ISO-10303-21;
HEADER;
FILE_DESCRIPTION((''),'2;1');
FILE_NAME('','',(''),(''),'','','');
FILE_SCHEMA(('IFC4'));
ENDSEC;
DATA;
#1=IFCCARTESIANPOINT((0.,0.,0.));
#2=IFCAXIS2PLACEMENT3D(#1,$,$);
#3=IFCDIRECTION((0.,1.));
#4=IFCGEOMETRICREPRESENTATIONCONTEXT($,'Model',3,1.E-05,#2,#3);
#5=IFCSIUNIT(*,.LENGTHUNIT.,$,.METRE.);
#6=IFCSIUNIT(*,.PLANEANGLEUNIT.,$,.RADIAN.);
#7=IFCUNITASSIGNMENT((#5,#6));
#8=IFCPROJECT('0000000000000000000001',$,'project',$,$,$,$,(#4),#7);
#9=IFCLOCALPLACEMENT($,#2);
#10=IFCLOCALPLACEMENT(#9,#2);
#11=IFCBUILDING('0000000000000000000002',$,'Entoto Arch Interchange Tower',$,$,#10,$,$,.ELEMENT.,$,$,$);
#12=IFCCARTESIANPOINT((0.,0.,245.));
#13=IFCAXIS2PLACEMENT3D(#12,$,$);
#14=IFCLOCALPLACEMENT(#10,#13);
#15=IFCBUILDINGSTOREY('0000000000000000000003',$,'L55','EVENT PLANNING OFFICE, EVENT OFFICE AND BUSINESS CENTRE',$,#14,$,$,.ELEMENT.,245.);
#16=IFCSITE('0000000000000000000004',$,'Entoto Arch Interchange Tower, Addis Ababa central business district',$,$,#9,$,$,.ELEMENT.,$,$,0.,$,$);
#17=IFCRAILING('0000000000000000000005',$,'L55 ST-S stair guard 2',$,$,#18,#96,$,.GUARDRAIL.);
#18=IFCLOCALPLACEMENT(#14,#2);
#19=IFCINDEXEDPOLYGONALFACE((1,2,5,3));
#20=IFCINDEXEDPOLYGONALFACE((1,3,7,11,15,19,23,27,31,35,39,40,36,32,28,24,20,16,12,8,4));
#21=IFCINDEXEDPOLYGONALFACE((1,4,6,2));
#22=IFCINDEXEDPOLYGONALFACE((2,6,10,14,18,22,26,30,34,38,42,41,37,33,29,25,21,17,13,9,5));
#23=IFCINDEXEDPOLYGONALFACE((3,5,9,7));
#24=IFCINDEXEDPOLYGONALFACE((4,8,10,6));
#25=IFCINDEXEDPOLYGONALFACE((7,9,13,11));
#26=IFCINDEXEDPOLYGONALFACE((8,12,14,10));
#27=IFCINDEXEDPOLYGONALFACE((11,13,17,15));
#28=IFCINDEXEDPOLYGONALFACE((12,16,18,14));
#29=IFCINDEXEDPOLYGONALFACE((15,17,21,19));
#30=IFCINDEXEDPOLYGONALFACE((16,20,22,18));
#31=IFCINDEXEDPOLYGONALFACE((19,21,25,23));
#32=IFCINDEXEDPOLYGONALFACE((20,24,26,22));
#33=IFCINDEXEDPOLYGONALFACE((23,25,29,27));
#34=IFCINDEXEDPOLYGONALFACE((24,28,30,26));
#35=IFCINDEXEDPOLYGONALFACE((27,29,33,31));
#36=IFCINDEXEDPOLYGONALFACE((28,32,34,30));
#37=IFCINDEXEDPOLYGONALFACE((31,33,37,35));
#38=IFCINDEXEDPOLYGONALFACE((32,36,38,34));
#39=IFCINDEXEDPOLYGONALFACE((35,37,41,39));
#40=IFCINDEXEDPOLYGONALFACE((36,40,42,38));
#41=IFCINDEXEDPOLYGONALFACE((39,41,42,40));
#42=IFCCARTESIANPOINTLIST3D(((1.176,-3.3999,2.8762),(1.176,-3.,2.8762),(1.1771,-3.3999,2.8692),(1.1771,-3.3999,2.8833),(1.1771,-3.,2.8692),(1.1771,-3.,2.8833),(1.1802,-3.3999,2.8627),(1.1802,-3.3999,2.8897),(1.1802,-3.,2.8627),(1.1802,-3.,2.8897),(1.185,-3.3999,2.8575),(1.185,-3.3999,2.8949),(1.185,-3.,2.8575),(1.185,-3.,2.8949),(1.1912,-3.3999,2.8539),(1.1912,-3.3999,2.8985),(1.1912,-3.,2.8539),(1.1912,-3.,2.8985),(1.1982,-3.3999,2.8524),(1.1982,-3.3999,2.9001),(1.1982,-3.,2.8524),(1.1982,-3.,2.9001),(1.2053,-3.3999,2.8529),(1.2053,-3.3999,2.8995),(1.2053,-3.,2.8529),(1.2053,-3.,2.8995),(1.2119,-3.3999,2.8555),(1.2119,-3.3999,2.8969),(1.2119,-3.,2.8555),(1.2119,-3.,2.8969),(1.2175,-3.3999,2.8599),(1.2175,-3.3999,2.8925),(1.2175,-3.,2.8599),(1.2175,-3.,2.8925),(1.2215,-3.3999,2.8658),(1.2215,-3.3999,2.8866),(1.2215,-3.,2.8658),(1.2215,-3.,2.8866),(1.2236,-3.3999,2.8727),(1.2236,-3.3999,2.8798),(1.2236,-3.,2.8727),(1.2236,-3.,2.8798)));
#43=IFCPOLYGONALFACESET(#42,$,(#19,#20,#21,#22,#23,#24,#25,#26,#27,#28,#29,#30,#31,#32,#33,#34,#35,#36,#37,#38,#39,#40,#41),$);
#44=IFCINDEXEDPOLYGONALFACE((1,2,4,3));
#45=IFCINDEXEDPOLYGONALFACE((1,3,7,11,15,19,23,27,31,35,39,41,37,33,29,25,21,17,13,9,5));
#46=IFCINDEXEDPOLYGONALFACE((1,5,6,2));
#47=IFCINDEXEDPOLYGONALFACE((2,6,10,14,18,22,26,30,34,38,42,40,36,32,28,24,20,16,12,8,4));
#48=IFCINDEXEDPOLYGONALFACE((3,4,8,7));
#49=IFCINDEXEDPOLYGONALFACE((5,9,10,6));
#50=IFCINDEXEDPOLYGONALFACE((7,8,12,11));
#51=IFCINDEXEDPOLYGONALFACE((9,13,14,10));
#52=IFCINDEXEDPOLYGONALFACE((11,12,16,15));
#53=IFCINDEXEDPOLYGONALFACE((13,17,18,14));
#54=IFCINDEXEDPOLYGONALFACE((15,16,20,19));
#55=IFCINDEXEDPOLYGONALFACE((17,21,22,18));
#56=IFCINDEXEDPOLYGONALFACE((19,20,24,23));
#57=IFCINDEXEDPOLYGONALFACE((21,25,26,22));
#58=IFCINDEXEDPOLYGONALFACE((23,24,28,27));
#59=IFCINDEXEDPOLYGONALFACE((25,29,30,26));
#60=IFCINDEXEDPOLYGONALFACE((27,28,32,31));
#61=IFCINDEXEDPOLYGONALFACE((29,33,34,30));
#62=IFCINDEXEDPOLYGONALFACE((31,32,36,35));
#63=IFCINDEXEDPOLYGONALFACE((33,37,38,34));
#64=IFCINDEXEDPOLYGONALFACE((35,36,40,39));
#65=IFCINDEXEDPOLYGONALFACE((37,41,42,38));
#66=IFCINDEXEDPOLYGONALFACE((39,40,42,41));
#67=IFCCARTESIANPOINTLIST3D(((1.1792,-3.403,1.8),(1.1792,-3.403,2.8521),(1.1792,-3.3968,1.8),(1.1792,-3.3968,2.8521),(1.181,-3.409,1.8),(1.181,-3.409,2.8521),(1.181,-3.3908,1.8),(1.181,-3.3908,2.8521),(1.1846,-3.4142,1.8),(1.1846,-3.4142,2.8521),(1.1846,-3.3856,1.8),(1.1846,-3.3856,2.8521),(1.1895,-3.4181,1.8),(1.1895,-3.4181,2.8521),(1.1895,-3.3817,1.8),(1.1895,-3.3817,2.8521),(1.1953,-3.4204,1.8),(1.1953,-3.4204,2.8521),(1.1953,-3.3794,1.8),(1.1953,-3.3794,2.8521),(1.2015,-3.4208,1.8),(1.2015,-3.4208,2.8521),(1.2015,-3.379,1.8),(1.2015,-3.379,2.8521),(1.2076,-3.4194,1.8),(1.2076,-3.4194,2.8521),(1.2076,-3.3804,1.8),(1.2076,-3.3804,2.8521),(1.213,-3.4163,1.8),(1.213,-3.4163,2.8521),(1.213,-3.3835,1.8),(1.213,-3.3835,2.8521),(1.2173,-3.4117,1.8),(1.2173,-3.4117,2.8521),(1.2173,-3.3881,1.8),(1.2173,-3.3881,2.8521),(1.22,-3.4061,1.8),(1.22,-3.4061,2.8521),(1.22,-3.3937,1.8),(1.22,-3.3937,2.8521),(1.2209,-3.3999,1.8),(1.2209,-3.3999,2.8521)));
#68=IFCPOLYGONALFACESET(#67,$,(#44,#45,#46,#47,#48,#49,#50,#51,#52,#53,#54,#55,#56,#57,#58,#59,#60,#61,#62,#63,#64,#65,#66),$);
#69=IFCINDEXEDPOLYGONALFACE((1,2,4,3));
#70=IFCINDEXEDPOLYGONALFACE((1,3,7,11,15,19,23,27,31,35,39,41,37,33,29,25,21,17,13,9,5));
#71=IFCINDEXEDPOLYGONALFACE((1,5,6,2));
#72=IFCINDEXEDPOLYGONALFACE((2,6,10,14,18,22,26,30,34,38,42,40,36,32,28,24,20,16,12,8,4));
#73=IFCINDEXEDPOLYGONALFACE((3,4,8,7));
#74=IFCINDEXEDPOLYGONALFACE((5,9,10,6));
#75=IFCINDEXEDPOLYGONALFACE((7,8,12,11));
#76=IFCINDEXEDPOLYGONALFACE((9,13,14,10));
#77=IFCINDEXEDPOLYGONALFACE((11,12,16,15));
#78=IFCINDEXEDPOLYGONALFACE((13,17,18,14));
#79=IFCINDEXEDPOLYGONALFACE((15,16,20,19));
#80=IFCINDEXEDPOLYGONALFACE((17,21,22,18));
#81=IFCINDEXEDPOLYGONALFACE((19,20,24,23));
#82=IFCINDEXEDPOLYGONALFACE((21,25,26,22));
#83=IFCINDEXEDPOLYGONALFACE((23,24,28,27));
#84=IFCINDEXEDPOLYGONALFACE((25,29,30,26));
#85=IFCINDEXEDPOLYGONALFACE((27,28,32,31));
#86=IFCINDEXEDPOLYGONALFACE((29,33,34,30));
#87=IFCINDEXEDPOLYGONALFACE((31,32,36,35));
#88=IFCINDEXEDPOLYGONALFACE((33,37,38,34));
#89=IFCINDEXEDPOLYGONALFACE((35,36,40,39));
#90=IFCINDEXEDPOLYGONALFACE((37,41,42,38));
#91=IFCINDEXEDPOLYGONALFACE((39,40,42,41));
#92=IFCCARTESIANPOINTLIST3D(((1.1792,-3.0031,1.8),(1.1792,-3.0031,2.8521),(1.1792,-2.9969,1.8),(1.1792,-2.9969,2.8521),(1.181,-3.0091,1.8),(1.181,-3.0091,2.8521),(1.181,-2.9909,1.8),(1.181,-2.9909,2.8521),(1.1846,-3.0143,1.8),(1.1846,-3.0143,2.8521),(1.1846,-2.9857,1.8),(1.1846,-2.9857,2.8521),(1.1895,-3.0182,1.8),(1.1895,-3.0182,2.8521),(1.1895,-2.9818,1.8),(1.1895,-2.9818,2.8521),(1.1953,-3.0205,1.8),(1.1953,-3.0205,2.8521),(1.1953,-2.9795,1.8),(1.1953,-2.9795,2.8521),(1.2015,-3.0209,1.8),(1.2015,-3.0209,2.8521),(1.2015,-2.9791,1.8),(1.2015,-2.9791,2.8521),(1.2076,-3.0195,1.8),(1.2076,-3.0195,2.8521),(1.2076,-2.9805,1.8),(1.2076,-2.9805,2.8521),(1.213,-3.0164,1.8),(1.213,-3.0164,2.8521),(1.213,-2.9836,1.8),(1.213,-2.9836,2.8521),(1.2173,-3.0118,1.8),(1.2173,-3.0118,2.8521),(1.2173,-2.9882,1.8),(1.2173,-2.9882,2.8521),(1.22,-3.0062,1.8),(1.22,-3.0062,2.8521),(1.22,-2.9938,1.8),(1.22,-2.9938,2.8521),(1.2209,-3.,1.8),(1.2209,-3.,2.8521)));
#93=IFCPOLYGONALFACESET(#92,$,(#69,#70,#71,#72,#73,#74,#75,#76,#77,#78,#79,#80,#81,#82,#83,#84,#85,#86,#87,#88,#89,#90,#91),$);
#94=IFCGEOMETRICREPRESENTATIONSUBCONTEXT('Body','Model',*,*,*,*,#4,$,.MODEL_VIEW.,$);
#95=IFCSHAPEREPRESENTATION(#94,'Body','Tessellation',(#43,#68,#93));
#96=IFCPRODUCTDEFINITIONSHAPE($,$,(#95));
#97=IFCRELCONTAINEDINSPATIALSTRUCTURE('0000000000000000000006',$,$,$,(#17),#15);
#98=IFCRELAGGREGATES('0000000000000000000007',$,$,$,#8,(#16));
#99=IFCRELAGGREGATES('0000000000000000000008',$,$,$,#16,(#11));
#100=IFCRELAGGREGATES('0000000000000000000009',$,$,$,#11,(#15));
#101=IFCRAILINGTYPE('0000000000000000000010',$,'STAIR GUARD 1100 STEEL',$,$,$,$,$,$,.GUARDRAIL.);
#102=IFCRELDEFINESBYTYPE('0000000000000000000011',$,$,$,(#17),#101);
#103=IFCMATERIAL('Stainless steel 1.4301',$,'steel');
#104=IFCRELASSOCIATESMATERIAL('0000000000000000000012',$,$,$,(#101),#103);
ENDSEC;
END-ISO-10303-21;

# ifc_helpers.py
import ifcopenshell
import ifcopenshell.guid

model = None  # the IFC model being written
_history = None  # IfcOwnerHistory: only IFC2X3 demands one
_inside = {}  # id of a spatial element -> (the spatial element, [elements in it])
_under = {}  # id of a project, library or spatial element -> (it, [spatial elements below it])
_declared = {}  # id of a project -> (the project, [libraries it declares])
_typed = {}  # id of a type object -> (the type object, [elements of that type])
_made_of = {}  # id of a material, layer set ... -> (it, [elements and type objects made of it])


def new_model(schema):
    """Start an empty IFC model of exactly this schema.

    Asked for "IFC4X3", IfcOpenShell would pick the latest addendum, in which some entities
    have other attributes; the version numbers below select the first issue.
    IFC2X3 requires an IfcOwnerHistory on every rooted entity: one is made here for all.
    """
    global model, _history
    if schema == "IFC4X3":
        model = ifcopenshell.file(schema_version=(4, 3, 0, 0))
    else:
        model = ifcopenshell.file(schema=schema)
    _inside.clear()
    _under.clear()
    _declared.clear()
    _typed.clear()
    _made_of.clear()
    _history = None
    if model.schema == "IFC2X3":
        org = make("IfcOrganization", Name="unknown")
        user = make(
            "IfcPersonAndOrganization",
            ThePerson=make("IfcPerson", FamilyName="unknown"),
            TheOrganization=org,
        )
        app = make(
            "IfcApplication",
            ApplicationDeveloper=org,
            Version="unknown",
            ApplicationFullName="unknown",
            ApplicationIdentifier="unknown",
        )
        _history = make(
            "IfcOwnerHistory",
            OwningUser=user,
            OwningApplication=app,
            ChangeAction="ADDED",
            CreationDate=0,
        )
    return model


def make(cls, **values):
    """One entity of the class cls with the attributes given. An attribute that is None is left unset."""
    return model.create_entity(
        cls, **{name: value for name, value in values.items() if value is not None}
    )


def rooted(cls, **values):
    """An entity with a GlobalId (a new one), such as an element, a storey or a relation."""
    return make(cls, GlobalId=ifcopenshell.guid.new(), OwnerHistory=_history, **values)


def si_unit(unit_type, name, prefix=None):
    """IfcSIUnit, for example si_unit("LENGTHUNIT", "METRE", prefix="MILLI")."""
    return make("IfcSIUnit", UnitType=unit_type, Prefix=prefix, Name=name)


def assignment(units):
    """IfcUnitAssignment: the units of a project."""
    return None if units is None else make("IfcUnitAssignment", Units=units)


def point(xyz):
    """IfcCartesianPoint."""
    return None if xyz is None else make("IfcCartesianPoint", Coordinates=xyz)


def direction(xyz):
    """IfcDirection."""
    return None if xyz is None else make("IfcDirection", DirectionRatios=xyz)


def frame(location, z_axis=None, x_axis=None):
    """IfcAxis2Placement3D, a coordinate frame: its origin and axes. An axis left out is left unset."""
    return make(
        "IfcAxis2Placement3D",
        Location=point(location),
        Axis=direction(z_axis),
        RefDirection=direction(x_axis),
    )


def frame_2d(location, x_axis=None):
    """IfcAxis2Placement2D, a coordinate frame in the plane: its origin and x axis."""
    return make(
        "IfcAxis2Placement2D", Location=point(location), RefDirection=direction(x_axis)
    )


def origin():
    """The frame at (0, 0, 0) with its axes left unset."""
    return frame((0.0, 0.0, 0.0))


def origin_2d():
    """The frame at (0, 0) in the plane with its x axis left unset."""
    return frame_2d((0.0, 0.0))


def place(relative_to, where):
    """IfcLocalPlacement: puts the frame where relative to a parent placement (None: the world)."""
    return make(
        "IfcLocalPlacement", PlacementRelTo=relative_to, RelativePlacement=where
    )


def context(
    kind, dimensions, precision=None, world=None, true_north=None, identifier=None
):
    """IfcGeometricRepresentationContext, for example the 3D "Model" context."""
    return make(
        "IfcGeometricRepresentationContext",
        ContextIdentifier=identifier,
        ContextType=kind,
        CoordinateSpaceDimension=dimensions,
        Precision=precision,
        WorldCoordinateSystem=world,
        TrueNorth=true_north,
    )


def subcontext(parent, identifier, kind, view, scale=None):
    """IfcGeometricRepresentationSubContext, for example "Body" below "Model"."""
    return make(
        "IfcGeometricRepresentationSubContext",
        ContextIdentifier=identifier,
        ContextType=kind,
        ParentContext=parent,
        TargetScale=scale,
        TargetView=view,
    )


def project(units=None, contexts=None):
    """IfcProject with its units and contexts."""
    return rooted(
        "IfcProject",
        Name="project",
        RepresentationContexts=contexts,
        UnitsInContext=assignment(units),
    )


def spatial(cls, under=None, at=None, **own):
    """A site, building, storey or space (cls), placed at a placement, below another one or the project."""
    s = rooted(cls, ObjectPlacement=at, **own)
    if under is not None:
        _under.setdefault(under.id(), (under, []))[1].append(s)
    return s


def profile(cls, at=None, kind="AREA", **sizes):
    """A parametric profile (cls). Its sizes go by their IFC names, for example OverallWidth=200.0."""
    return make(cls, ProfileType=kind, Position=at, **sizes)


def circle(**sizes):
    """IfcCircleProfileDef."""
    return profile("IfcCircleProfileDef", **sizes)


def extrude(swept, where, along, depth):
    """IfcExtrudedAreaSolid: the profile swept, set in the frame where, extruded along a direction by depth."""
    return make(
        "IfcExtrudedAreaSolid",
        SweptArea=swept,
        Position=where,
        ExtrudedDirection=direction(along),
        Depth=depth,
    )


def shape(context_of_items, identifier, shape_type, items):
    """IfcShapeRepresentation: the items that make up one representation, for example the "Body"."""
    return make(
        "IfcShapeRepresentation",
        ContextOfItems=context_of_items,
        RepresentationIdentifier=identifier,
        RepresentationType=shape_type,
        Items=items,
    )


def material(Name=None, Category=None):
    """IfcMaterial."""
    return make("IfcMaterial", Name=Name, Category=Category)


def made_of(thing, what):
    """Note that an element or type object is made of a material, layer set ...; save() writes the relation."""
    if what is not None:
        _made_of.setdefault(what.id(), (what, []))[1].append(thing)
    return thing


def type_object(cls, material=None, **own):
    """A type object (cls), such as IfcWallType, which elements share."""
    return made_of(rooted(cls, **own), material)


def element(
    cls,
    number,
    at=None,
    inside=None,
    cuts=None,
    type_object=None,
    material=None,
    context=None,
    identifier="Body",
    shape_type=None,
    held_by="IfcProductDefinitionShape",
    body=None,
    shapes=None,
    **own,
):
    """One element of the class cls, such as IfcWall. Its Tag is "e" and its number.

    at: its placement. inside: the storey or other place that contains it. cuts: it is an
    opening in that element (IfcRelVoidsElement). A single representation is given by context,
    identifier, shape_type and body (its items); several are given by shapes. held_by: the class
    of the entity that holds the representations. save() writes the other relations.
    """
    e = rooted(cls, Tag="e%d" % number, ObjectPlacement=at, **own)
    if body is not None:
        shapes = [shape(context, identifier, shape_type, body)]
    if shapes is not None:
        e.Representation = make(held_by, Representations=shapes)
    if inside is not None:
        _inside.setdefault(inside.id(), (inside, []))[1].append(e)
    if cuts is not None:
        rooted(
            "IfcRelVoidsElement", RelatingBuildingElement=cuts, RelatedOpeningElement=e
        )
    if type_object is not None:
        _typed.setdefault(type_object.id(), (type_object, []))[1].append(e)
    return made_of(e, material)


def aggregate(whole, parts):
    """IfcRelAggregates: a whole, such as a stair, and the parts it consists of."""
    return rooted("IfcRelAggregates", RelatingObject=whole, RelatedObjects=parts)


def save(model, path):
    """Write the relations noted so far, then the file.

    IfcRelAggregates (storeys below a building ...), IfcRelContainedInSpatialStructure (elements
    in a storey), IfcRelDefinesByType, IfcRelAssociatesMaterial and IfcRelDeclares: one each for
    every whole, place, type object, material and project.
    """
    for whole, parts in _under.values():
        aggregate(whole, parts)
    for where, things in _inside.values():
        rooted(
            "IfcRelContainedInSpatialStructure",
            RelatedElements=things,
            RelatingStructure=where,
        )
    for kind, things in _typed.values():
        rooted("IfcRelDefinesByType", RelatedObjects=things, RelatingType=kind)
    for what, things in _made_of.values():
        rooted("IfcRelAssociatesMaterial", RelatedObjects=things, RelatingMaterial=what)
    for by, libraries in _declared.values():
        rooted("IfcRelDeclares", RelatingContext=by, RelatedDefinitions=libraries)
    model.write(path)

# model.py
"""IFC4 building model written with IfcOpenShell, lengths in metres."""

from ifc_helpers import new_model, si_unit, direction, frame, origin, origin_2d, place, context, subcontext, project, spatial, circle, extrude, material, type_object, element, save


model = new_model("IFC4")

# Units and contexts
model_context = context("Model", 3, precision=1e-05, world=origin(), true_north=direction((0.0, 1.0)))
body_context = subcontext(model_context, "Body", "Model", "MODEL_VIEW")
ifc_project = project(units=[si_unit("LENGTHUNIT", "METRE"), si_unit("PLANEANGLEUNIT", "RADIAN")], contexts=[model_context])

# Site, building, storey
site_placement = place(None, origin())
site = spatial("IfcSite", under=ifc_project, at=site_placement, Name="Entoto Arch Interchange Tower, Addis Ababa central business district", CompositionType="ELEMENT", RefElevation=0.0)
building_placement = place(site_placement, origin())
building = spatial("IfcBuilding", under=site, at=building_placement, Name="Entoto Arch Interchange Tower", CompositionType="ELEMENT")
storey_placement = place(building_placement, frame((0.0, 0.0, 245.0)))
storey = spatial("IfcBuildingStorey", under=building, at=storey_placement, Name="L55", Description="EVENT PLANNING OFFICE, EVENT OFFICE AND BUSINESS CENTRE", CompositionType="ELEMENT", Elevation=245.0)

# Railing
ifc_material_1 = material(Name="Stainless steel 1.4301", Category="steel")
railing_type_1 = type_object("IfcRailingType", Name="STAIR GUARD 1100 STEEL", PredefinedType="GUARDRAIL", material=ifc_material_1)
railing_1_placement = place(storey_placement, frame((1.2, -3.3999, 1.8)))
element("IfcRailing", 1, at=railing_1_placement, inside=storey, type_object=railing_type_1, Name="L55 ST-S stair guard 2", PredefinedType="GUARDRAIL", context=body_context, shape_type="SweptSolid", body=[
    extrude(circle(Radius=0.0239, at=origin_2d()), frame((0.0, 0.0, 1.0762), z_axis=(0.0, 1.0, 0.0), x_axis=(-1.0, 0.0, 0.0)), (0.0, 0.0, 1.0), 0.3999),
    extrude(circle(Radius=0.021, at=origin_2d()), origin(), (0.0, 0.0, 1.0), 1.052),
    extrude(circle(Radius=0.021, at=origin_2d()), frame((0.0, 0.3999, 0.0)), (0.0, 0.0, 1.0), 1.052),
])

save(model, "model.ifc")
